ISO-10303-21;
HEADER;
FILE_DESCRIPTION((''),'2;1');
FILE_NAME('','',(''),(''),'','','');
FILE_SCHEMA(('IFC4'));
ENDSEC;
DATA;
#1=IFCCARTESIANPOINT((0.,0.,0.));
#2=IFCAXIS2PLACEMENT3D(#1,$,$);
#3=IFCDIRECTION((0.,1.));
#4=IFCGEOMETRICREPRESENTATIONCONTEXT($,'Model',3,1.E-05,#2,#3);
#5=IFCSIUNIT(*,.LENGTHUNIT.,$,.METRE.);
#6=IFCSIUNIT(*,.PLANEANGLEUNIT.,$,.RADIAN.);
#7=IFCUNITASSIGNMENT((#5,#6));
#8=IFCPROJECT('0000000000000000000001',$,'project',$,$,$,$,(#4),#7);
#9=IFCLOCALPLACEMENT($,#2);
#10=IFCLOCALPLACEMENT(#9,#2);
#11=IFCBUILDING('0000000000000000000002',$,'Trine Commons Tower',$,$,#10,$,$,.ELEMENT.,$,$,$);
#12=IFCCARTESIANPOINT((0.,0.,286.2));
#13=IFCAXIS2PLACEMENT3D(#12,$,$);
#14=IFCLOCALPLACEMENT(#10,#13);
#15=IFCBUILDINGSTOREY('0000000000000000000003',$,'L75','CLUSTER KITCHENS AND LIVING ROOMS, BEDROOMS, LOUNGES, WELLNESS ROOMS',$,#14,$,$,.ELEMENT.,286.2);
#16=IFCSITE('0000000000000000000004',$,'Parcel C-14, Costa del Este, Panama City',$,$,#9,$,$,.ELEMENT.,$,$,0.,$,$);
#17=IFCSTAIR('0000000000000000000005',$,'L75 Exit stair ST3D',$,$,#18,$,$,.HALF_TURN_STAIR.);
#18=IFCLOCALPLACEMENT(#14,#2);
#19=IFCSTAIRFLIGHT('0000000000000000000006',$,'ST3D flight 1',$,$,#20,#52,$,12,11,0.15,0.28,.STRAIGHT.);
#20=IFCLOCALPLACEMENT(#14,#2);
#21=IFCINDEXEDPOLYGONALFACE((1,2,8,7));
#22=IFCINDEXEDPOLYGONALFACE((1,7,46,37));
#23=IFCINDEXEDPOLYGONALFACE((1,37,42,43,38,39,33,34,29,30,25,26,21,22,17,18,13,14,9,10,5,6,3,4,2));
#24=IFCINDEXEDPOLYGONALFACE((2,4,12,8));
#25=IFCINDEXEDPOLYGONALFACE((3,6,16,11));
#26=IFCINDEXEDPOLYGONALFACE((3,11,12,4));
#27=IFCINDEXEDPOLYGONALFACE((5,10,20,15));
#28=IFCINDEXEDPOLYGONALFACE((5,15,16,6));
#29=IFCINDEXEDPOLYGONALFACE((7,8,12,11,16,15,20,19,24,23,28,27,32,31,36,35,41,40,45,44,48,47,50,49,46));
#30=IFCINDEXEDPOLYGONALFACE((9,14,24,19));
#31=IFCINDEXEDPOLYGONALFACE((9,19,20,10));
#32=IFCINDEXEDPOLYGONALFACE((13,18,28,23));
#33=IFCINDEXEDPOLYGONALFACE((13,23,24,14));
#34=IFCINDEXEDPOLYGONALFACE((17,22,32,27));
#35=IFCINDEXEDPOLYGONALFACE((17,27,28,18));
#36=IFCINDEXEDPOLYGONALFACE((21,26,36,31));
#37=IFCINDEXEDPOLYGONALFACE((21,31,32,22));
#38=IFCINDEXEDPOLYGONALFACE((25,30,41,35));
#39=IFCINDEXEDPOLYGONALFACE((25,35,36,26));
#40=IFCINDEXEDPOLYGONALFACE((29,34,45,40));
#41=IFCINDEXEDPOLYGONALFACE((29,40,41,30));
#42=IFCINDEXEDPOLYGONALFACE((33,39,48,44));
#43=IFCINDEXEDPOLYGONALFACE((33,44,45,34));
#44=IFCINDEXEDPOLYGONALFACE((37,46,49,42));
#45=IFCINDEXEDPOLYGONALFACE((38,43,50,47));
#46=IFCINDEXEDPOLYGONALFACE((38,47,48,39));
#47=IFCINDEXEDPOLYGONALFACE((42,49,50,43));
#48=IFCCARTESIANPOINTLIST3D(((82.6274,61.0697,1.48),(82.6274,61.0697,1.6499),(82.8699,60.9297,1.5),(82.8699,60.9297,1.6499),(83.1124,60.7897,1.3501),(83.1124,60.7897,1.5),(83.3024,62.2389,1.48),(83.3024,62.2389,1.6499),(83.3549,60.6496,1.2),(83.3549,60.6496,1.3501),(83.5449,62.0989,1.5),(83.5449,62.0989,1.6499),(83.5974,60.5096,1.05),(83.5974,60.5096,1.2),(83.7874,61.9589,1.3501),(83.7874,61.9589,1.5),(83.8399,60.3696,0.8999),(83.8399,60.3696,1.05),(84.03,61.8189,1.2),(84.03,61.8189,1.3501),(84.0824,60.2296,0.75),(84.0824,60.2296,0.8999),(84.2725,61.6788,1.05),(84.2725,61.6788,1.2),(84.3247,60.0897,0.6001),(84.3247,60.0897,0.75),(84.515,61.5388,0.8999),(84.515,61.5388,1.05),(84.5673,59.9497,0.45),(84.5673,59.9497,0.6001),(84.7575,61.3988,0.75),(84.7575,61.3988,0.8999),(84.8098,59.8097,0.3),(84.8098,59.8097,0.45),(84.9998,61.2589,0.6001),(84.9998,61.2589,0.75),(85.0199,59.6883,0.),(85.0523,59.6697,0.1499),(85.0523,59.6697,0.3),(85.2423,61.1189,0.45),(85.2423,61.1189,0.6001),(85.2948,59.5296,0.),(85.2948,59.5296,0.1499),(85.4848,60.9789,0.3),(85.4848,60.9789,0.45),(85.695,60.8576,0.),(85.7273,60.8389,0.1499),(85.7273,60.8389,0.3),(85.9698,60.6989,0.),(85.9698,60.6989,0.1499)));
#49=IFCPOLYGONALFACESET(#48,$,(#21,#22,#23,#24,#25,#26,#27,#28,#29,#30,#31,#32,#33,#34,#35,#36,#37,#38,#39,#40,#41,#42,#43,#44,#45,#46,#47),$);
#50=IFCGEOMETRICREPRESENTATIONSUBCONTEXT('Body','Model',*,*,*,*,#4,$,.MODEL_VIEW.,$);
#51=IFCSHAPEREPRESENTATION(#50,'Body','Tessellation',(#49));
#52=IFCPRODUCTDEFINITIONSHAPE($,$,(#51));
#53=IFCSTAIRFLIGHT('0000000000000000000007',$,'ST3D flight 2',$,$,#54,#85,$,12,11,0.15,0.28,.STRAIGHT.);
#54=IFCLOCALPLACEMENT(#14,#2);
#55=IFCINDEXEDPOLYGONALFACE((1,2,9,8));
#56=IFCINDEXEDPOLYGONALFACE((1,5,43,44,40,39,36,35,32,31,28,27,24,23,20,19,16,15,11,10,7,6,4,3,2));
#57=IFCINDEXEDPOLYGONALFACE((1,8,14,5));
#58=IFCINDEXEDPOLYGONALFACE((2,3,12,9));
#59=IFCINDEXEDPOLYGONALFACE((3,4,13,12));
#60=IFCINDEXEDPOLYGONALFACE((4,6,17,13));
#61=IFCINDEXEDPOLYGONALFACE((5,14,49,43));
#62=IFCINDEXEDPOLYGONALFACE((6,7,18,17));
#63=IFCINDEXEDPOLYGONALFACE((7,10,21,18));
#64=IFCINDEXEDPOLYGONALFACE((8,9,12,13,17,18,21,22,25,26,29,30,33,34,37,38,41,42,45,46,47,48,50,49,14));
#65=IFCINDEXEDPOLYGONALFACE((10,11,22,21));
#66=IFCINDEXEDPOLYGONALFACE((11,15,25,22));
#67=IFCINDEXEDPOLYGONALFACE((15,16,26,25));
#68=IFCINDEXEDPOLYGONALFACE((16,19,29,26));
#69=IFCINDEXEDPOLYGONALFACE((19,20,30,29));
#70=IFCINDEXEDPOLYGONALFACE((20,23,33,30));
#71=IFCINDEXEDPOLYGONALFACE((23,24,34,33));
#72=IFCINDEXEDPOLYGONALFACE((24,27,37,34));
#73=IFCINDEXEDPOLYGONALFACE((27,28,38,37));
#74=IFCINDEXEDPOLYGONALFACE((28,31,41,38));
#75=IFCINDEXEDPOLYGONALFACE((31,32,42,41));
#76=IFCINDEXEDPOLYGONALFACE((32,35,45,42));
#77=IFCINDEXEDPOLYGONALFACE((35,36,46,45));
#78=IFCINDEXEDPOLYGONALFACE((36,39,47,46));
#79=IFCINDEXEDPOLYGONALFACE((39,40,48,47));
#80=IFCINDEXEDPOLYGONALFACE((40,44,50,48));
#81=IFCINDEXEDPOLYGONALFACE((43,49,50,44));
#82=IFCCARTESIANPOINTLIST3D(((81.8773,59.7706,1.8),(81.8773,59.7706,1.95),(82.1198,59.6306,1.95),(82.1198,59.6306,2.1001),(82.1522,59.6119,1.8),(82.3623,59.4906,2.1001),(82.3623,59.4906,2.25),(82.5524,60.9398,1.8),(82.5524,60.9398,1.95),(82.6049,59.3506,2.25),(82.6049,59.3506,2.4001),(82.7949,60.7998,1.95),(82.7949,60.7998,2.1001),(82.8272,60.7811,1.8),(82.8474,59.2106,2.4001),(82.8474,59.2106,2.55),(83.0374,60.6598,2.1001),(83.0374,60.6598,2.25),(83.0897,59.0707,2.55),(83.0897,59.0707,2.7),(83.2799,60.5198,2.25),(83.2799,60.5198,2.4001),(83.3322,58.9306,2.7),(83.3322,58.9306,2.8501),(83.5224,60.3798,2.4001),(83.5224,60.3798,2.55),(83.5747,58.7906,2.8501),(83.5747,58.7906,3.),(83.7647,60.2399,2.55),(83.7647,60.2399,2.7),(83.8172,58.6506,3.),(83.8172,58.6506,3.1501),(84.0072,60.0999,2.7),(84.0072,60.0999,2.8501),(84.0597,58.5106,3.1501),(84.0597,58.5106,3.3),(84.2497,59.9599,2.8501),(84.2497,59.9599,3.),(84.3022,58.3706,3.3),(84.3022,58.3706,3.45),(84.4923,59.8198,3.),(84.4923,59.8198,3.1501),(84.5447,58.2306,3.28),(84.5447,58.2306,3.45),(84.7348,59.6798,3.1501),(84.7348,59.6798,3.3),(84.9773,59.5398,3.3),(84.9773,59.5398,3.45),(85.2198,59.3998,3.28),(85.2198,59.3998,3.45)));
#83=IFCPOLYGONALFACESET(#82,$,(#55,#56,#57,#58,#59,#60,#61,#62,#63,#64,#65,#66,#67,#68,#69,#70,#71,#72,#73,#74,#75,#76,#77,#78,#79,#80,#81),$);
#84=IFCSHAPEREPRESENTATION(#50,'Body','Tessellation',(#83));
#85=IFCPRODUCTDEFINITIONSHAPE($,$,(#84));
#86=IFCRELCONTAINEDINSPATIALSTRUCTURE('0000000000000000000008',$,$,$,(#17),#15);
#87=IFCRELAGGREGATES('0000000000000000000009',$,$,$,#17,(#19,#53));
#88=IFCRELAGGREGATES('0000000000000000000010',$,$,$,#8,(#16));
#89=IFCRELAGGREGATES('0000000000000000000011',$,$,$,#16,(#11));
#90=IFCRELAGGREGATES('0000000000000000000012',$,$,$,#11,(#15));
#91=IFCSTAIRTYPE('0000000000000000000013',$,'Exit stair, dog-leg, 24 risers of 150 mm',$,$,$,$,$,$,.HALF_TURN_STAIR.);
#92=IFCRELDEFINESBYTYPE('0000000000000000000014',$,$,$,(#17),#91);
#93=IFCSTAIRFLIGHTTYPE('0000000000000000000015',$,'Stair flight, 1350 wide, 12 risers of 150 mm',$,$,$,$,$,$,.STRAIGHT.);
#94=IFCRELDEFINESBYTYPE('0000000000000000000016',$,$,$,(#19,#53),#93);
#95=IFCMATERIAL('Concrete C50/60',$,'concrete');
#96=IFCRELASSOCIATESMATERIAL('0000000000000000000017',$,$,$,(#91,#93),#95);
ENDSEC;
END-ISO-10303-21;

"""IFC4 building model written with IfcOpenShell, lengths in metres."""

from ifc_helpers import new_model, si_unit, direction, frame, origin, place, context, subcontext, project, spatial, polyline, outline, extrude, material, type_object, element, aggregate, save


model = new_model("IFC4")

# Units and contexts
model_context = context("Model", 3, precision=1e-05, world=origin(), true_north=direction((0.0, 1.0)))
body_context = subcontext(model_context, "Body", "Model", "MODEL_VIEW")
ifc_project = project(units=[si_unit("LENGTHUNIT", "METRE"), si_unit("PLANEANGLEUNIT", "RADIAN")], contexts=[model_context])

# Site, building, storey
site_placement = place(None, origin())
site = spatial("IfcSite", under=ifc_project, at=site_placement, Name="Parcel C-14, Costa del Este, Panama City", CompositionType="ELEMENT", RefElevation=0.0)
building_placement = place(site_placement, origin())
building = spatial("IfcBuilding", under=site, at=building_placement, Name="Trine Commons Tower", CompositionType="ELEMENT")
storey_placement = place(building_placement, frame((0.0, 0.0, 286.2)))
storey = spatial("IfcBuildingStorey", under=building, at=storey_placement, Name="L75", Description="CLUSTER KITCHENS AND LIVING ROOMS, BEDROOMS, LOUNGES, WELLNESS ROOMS", CompositionType="ELEMENT", Elevation=286.2)

# Shared definitions
ifc_material_1 = material(Name="Concrete C50/60", Category="concrete")

# Stair, stair flights
stair_type = type_object("IfcStairType", Name="Exit stair, dog-leg, 24 risers of 150 mm", PredefinedType="HALF_TURN_STAIR", material=ifc_material_1)
stair_placement = place(storey_placement, origin())
stair = element("IfcStair", 1, at=stair_placement, inside=storey, type_object=stair_type, Name="L75 Exit stair ST3D", PredefinedType="HALF_TURN_STAIR")
stair_flight_type = type_object("IfcStairFlightType", Name="Stair flight, 1350 wide, 12 risers of 150 mm", PredefinedType="STRAIGHT", material=ifc_material_1)
stair_flight_1_placement = place(storey_placement, frame((85.6323, 60.1143, 0.0), z_axis=(0.0, 0.0, 1.0), x_axis=(-0.866025, 0.5, 0.0)))
stair_flight_1 = element("IfcStairFlight", 2, at=stair_flight_1_placement, type_object=stair_flight_type, Name="ST3D flight 1", NumberOfRisers=12, NumberOfTreads=11, PredefinedType="STRAIGHT", RiserHeight=0.15, TreadLength=0.28, context=body_context, shape_type="SweptSolid", body=[
    extrude(outline(polyline([(0.0, 0.0), (0.0, 0.1499), (0.28, 0.1499), (0.28, 0.3), (0.5601, 0.3), (0.5601, 0.45), (0.8401, 0.45), (0.8401, 0.6001), (1.1201, 0.6001), (1.1201, 0.75), (1.3999, 0.75), (1.3999, 0.8999), (1.6799, 0.8999), (1.6799, 1.05), (1.96, 1.05), (1.96, 1.2), (2.24, 1.2), (2.24, 1.3501), (2.52, 1.3501), (2.52, 1.5), (2.8, 1.5), (2.8, 1.6499), (3.0801, 1.6499), (3.0801, 1.8), (3.0801, 1.48), (0.3174, 0.0), (0.0, 0.0)])), frame((0.0, 0.675, 0.0), z_axis=(0.0, -1.0, 0.0), x_axis=(1.0, 0.0, 0.0)), (0.0, 0.0, 1.0), 1.3501),
])
stair_flight_2_placement = place(storey_placement, frame((82.2148, 60.3552, 1.8), z_axis=(0.0, 0.0, 1.0), x_axis=(0.866025, -0.5, 0.0)))
stair_flight_2 = element("IfcStairFlight", 3, at=stair_flight_2_placement, type_object=stair_flight_type, Name="ST3D flight 2", NumberOfRisers=12, NumberOfTreads=11, PredefinedType="STRAIGHT", RiserHeight=0.15, TreadLength=0.28, context=body_context, shape_type="SweptSolid", body=[
    extrude(outline(polyline([(0.0, 0.0), (0.0, 0.1499), (0.28, 0.1499), (0.28, 0.3), (0.5601, 0.3), (0.5601, 0.45), (0.8401, 0.45), (0.8401, 0.6001), (1.1201, 0.6001), (1.1201, 0.75), (1.3999, 0.75), (1.3999, 0.8999), (1.6799, 0.8999), (1.6799, 1.05), (1.96, 1.05), (1.96, 1.2), (2.24, 1.2), (2.24, 1.3501), (2.52, 1.3501), (2.52, 1.5), (2.8, 1.5), (2.8, 1.6499), (3.0801, 1.6499), (3.0801, 1.8), (3.0801, 1.48), (0.3174, 0.0), (0.0, 0.0)])), frame((0.0, 0.675, 0.0), z_axis=(0.0, -1.0, 0.0), x_axis=(1.0, 0.0, 0.0)), (0.0, 0.0, 1.0), 1.3501),
])
aggregate(stair, [stair_flight_1, stair_flight_2])

save(model, "model.ifc")
